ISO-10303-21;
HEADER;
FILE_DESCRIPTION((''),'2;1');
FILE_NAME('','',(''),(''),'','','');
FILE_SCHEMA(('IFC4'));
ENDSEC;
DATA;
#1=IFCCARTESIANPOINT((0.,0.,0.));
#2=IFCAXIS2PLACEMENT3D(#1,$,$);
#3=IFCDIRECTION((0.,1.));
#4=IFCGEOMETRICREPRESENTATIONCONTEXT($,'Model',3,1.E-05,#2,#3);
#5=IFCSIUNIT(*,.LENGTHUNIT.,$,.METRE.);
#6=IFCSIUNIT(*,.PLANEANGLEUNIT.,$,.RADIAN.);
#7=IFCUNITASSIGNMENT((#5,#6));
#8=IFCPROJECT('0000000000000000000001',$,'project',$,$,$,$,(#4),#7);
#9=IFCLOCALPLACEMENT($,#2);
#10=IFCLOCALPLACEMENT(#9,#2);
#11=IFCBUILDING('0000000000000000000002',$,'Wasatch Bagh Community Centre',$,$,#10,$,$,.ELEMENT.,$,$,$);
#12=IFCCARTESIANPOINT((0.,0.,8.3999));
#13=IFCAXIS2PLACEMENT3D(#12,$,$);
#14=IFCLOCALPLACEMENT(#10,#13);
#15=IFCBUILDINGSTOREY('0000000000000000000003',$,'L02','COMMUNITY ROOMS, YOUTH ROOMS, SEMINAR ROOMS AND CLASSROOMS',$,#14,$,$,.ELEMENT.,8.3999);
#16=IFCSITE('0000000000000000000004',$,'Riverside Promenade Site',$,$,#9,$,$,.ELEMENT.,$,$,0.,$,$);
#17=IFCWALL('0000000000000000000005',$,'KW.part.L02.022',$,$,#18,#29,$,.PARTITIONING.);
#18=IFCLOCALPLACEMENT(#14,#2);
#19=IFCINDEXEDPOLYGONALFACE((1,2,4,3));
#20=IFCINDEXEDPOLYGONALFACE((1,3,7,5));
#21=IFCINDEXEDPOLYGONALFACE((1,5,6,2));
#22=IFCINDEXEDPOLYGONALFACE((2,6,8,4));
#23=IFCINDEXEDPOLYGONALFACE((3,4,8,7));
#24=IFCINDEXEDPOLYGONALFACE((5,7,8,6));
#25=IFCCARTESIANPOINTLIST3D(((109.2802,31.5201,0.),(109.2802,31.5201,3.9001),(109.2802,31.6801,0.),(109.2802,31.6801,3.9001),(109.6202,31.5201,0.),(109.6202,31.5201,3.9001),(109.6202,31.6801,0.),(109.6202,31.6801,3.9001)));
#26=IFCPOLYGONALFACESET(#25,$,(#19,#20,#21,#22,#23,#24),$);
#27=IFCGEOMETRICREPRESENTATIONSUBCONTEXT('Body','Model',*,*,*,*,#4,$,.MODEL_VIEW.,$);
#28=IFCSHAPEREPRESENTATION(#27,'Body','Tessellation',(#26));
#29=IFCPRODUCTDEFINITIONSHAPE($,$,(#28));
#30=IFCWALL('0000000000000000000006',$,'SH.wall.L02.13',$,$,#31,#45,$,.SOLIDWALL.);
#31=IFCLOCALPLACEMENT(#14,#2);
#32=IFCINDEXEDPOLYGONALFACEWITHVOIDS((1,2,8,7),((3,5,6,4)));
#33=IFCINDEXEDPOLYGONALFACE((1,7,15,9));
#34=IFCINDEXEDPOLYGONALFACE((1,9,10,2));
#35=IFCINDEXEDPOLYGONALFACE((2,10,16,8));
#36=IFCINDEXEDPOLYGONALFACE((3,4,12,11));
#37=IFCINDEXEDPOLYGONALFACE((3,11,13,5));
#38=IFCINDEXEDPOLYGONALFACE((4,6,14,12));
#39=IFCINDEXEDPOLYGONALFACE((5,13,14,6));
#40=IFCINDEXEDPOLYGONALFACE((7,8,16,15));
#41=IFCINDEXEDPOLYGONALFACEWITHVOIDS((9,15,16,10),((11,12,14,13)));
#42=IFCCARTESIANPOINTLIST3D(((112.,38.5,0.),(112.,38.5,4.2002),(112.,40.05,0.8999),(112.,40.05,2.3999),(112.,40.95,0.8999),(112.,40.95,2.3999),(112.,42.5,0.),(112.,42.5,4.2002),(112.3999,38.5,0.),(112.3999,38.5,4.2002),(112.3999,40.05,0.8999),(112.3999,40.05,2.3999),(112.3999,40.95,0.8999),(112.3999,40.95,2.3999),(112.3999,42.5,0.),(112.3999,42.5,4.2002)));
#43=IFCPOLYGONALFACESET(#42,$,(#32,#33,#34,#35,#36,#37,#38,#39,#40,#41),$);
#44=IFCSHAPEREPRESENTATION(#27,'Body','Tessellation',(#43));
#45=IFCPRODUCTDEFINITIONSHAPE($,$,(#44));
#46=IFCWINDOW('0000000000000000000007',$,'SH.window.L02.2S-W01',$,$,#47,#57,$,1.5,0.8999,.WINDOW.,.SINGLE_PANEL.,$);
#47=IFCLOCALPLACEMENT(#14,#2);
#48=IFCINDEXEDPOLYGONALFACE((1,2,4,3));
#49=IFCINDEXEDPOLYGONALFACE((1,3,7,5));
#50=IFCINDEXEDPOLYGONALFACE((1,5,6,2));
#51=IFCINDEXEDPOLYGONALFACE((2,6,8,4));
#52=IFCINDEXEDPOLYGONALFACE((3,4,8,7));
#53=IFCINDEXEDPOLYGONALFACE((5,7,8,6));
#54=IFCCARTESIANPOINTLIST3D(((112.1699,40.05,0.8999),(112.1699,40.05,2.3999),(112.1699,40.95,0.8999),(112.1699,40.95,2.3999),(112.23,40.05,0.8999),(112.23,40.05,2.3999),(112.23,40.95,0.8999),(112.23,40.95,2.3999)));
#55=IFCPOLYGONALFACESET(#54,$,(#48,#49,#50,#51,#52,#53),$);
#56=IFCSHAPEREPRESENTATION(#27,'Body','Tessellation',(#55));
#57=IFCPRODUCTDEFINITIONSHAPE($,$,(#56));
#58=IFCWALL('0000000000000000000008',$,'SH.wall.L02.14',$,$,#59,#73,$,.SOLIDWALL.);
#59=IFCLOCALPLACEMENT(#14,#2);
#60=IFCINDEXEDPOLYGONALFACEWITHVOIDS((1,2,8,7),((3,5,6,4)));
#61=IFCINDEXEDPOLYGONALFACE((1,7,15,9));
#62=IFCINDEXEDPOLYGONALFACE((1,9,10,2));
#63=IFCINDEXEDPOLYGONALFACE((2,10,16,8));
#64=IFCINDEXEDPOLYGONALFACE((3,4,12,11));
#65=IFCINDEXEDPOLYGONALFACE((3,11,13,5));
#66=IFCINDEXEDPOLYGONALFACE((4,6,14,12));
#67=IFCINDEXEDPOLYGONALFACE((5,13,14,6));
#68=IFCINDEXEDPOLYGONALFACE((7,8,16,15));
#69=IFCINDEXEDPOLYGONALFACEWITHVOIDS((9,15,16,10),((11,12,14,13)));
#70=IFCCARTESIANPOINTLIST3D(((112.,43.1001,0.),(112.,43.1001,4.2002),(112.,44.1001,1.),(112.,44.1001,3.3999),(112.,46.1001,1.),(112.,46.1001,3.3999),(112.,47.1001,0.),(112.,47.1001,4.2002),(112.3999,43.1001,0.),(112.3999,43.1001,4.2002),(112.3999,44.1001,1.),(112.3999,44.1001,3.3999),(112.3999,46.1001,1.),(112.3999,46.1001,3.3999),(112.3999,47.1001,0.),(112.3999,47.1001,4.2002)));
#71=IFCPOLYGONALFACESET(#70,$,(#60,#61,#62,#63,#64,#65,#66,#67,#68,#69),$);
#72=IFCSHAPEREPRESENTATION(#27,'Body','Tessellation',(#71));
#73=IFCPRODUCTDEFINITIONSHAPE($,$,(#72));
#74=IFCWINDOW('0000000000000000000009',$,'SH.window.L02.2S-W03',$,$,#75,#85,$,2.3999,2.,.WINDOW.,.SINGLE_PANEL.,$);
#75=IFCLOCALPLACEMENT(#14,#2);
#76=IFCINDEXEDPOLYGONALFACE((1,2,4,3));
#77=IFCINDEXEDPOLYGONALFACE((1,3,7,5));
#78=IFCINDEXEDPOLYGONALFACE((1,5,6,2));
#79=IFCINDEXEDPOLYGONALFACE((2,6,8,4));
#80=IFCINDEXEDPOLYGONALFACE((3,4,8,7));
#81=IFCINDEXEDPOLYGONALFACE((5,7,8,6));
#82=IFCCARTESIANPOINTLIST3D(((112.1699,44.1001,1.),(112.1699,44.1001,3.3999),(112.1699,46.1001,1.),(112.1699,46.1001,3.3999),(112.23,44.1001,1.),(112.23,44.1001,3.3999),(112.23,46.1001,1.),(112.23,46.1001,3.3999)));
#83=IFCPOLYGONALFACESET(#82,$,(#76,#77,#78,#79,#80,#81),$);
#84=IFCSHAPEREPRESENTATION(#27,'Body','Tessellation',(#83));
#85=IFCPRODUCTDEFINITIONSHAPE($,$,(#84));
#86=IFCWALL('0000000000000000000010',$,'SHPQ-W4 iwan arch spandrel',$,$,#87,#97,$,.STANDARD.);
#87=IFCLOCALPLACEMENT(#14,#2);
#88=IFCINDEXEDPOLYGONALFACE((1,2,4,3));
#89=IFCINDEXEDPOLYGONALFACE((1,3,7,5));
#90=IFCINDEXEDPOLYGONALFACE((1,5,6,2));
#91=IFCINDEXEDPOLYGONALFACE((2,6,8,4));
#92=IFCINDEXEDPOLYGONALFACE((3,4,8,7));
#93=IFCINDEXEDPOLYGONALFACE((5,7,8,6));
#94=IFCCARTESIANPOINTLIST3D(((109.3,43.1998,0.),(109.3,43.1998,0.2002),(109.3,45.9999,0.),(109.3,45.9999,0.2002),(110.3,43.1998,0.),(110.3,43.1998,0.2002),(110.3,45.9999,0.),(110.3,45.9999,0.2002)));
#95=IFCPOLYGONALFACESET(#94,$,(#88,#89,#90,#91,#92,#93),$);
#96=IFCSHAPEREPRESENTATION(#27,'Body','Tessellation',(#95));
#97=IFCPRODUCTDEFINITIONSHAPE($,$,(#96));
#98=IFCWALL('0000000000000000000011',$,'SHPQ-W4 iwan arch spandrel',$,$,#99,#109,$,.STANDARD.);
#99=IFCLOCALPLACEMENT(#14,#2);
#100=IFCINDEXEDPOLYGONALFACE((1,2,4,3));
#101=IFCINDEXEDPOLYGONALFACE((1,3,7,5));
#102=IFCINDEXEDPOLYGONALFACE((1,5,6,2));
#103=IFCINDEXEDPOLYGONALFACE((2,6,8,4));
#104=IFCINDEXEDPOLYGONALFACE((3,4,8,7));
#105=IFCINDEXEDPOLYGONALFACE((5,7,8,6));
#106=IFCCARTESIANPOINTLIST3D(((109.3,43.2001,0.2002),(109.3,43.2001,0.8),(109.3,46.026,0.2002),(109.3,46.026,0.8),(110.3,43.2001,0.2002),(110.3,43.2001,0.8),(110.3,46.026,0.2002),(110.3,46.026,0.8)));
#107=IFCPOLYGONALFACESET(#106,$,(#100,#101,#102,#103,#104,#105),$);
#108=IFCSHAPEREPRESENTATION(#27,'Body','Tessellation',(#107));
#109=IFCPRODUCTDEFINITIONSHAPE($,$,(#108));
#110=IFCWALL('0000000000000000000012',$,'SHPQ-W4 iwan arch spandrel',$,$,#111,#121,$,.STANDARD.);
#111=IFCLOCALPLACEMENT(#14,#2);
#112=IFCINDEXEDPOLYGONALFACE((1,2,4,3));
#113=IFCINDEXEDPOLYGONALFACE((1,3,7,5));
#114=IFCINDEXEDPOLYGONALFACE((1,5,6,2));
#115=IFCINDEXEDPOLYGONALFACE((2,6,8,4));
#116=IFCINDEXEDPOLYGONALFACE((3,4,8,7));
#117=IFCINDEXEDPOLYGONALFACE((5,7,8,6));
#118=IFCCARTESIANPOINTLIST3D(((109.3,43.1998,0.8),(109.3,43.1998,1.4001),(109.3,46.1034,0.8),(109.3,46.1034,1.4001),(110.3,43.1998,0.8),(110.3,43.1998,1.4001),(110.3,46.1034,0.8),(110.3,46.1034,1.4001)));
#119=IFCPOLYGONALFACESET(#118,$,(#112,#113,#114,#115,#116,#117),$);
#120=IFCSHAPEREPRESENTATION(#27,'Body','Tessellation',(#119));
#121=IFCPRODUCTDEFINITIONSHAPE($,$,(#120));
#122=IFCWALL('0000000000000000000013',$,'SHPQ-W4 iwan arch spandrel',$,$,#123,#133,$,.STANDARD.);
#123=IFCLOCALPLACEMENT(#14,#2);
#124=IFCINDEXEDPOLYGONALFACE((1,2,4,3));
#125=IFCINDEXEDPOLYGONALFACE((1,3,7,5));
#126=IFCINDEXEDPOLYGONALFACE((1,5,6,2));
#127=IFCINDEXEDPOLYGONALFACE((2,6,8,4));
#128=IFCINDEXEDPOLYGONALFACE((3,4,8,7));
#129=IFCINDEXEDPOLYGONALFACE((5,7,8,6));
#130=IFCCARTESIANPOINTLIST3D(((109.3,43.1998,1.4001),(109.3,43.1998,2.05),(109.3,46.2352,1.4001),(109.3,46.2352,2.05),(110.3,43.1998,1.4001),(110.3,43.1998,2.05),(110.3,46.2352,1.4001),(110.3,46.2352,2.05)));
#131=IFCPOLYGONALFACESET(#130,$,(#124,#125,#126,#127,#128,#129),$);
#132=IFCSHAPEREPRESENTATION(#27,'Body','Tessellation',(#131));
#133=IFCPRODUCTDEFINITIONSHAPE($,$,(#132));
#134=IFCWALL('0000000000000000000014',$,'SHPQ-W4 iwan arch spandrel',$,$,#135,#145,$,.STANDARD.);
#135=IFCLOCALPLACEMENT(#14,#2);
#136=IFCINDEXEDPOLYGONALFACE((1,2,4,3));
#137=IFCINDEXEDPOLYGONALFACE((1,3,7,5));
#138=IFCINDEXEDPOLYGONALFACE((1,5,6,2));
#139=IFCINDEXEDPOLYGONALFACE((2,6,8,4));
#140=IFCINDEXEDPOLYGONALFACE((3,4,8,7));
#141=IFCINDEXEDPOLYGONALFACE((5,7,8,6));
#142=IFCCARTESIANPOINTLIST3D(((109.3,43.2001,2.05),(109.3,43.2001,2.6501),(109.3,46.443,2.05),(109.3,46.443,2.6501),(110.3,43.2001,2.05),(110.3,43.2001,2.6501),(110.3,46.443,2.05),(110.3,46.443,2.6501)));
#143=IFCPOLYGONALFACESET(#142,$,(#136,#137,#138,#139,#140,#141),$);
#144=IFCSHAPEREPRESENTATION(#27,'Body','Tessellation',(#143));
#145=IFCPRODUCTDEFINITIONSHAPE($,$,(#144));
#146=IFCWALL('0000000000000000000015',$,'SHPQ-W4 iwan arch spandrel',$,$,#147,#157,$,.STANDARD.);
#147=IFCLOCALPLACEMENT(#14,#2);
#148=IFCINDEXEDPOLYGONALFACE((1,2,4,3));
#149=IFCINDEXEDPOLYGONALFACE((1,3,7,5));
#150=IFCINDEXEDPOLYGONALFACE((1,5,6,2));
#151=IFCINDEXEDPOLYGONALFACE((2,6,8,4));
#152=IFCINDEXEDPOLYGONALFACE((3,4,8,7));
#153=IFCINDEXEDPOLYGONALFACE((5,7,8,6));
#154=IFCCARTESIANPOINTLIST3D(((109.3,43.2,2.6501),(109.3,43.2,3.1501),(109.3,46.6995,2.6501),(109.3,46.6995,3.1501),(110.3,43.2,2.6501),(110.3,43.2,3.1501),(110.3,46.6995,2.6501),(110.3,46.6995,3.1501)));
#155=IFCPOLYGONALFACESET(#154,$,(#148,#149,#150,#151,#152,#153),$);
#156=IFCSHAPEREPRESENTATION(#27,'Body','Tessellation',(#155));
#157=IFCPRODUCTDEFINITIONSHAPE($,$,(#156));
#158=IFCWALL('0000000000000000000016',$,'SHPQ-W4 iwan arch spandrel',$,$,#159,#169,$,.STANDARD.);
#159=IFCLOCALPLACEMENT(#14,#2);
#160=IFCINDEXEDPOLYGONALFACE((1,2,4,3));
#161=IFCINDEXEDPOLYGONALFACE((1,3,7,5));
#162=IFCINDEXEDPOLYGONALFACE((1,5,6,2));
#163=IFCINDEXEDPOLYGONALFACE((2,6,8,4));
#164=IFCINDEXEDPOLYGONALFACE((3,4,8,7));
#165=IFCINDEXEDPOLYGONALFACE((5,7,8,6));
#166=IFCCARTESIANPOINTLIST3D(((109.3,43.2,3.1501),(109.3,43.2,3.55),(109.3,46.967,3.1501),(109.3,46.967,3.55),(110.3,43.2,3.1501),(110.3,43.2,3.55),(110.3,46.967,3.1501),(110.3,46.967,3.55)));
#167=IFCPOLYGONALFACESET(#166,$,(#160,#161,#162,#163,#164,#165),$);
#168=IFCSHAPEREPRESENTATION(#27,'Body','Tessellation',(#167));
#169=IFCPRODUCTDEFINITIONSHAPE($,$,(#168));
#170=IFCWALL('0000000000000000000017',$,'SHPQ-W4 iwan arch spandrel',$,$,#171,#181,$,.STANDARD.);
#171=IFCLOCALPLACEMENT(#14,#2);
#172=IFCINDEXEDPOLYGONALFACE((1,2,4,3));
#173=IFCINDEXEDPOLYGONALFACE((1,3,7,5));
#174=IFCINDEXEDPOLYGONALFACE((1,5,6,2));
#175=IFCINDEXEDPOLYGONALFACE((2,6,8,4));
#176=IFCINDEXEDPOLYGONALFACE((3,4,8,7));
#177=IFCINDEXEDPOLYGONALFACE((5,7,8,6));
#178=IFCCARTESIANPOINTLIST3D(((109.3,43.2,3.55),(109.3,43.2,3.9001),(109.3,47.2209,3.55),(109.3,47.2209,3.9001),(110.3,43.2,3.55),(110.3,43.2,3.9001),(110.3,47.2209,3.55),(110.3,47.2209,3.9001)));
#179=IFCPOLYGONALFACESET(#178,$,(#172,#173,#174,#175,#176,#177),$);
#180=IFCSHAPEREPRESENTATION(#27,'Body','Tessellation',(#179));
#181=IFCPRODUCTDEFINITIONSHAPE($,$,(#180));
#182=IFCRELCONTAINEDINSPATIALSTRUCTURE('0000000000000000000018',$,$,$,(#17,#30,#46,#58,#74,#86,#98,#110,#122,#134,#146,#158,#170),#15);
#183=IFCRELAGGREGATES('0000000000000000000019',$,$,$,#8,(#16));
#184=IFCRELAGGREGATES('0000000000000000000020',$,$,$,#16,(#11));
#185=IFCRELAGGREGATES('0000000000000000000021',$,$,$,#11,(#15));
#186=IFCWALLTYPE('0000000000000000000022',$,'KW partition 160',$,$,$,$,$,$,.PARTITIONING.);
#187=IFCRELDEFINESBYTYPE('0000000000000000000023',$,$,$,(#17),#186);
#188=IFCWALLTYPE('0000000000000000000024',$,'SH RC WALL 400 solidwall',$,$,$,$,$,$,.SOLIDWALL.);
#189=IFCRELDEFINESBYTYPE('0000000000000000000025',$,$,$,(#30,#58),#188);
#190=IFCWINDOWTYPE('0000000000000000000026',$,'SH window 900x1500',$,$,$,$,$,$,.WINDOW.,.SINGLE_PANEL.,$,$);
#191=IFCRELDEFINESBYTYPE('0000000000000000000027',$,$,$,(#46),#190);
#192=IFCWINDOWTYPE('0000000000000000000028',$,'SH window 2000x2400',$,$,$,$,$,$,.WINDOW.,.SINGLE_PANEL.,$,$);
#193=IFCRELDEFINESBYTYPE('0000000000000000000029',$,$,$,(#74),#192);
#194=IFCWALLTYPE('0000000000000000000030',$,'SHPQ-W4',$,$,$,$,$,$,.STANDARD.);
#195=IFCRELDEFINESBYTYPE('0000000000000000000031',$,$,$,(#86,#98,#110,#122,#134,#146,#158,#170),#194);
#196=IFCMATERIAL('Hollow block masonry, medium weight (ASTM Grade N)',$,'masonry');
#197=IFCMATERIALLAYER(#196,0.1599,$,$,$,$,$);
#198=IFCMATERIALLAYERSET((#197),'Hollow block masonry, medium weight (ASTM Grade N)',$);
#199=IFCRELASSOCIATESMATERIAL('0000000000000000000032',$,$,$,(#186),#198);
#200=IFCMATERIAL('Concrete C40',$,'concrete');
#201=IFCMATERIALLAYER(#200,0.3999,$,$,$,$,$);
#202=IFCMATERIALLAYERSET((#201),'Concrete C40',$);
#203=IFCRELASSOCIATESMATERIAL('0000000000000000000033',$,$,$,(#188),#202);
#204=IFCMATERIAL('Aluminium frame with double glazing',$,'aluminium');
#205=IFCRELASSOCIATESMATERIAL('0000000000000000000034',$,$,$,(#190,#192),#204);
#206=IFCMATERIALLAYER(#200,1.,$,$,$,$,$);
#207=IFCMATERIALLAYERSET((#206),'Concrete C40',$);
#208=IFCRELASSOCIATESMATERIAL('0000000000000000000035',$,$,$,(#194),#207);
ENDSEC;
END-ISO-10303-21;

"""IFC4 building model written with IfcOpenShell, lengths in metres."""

from ifc_helpers import new_model, si_unit, direction, frame, frame_2d, origin, place, context, subcontext, project, spatial, rectangle, extrude, material, layer, layer_set, type_object, element, fill, save


model = new_model("IFC4")

# Units and contexts
model_context = context("Model", 3, precision=1e-05, world=origin(), true_north=direction((0.0, 1.0)))
body_context = subcontext(model_context, "Body", "Model", "MODEL_VIEW")
ifc_project = project(units=[si_unit("LENGTHUNIT", "METRE"), si_unit("PLANEANGLEUNIT", "RADIAN")], contexts=[model_context])

# Site, building, storey
site_placement = place(None, origin())
site = spatial("IfcSite", under=ifc_project, at=site_placement, Name="Riverside Promenade Site", CompositionType="ELEMENT", RefElevation=0.0)
building_placement = place(site_placement, origin())
building = spatial("IfcBuilding", under=site, at=building_placement, Name="Wasatch Bagh Community Centre", CompositionType="ELEMENT")
storey_placement = place(building_placement, frame((0.0, 0.0, 8.3999)))
storey = spatial("IfcBuildingStorey", under=building, at=storey_placement, Name="L02", Description="COMMUNITY ROOMS, YOUTH ROOMS, SEMINAR ROOMS AND CLASSROOMS", CompositionType="ELEMENT", Elevation=8.3999)

# Shared definitions
ifc_material_1 = material(Name="Concrete C40", Category="concrete")

# Shared definitions
ifc_material_2 = material(Name="Aluminium frame with double glazing", Category="aluminium")

# Wall
ifc_material_3 = material(Name="Hollow block masonry, medium weight (ASTM Grade N)", Category="masonry")
ifc_layer_1 = layer(ifc_material_3, 0.1599)
ifc_layer_set_1 = layer_set([ifc_layer_1], Name="Hollow block masonry, medium weight (ASTM Grade N)")
wall_type_1 = type_object("IfcWallType", Name="KW partition 160", PredefinedType="PARTITIONING", material=ifc_layer_set_1)
wall_1_placement = place(storey_placement, frame((109.6201, 31.6001, 0.0), z_axis=(0.0, 0.0, 1.0), x_axis=(-1.0, 0.0, 0.0)))
element("IfcWall", 1, at=wall_1_placement, inside=storey, type_object=wall_type_1, Name="KW.part.L02.022", PredefinedType="PARTITIONING", context=body_context, shape_type="SweptSolid", body=[
    extrude(rectangle(XDim=0.3401, YDim=0.1599, at=frame_2d((0.1699, 0.0))), origin(), (0.0, 0.0, 1.0), 3.9001),
])

# Walls, openings, windows
ifc_layer_2 = layer(ifc_material_1, 0.3999)
ifc_layer_set_2 = layer_set([ifc_layer_2], Name="Concrete C40")
wall_type_2 = type_object("IfcWallType", Name="SH RC WALL 400 solidwall", PredefinedType="SOLIDWALL", material=ifc_layer_set_2)
wall_2_placement = place(storey_placement, frame((112.2, 38.5, 0.0), z_axis=(0.0, 0.0, 1.0), x_axis=(0.0, 1.0, 0.0)))
wall_2 = element("IfcWall", 2, at=wall_2_placement, inside=storey, type_object=wall_type_2, Name="SH.wall.L02.13", PredefinedType="SOLIDWALL", context=body_context, shape_type="SweptSolid", body=[
    extrude(rectangle(XDim=4.0, YDim=0.3999, at=frame_2d((2.0, 0.0))), origin(), (0.0, 0.0, 1.0), 4.2002),
])
opening_1_placement = place(wall_2_placement, frame((1.55, 0.0, 0.8999)))
opening_1 = element("IfcOpeningElement", 3, at=opening_1_placement, cuts=wall_2, PredefinedType="OPENING", context=body_context, shape_type="SweptSolid", body=[
    extrude(rectangle(XDim=0.8999, YDim=1.5, at=frame_2d((0.45, 0.75))), frame((0.0, 0.21, 0.0), z_axis=(0.0, -1.0, 0.0), x_axis=(1.0, 0.0, 0.0)), (0.0, 0.0, 1.0), 0.4199),
])
window_type_1 = type_object("IfcWindowType", Name="SH window 900x1500", PartitioningType="SINGLE_PANEL", PredefinedType="WINDOW", material=ifc_material_2)
window_1_placement = place(opening_1_placement, origin())
window_1 = element("IfcWindow", 4, at=window_1_placement, inside=storey, type_object=window_type_1, Name="SH.window.L02.2S-W01", OverallHeight=1.5, OverallWidth=0.8999, PartitioningType="SINGLE_PANEL", PredefinedType="WINDOW", context=body_context, shape_type="SweptSolid", body=[
    extrude(rectangle(XDim=0.8999, YDim=1.5, at=frame_2d((0.45, 0.75))), frame((0.0, 0.03, 0.0), z_axis=(0.0, -1.0, 0.0), x_axis=(1.0, 0.0, 0.0)), (0.0, 0.0, 1.0), 0.0601),
])
fill(opening_1, window_1)
wall_3_placement = place(storey_placement, frame((112.2, 43.1001, 0.0), z_axis=(0.0, 0.0, 1.0), x_axis=(0.0, 1.0, 0.0)))
wall_3 = element("IfcWall", 5, at=wall_3_placement, inside=storey, type_object=wall_type_2, Name="SH.wall.L02.14", PredefinedType="SOLIDWALL", context=body_context, shape_type="SweptSolid", body=[
    extrude(rectangle(XDim=4.0, YDim=0.3999, at=frame_2d((2.0, 0.0))), origin(), (0.0, 0.0, 1.0), 4.2002),
])
opening_2_placement = place(wall_3_placement, frame((1.0, 0.0, 1.0)))
opening_2 = element("IfcOpeningElement", 6, at=opening_2_placement, cuts=wall_3, PredefinedType="OPENING", context=body_context, shape_type="SweptSolid", body=[
    extrude(rectangle(XDim=2.0, YDim=2.3999, at=frame_2d((1.0, 1.2))), frame((0.0, 0.21, 0.0), z_axis=(0.0, -1.0, 0.0), x_axis=(1.0, 0.0, 0.0)), (0.0, 0.0, 1.0), 0.4199),
])
window_type_2 = type_object("IfcWindowType", Name="SH window 2000x2400", PartitioningType="SINGLE_PANEL", PredefinedType="WINDOW", material=ifc_material_2)
window_2_placement = place(opening_2_placement, origin())
window_2 = element("IfcWindow", 7, at=window_2_placement, inside=storey, type_object=window_type_2, Name="SH.window.L02.2S-W03", OverallHeight=2.3999, OverallWidth=2.0, PartitioningType="SINGLE_PANEL", PredefinedType="WINDOW", context=body_context, shape_type="SweptSolid", body=[
    extrude(rectangle(XDim=2.0, YDim=2.3999, at=frame_2d((1.0, 1.2))), frame((0.0, 0.03, 0.0), z_axis=(0.0, -1.0, 0.0), x_axis=(1.0, 0.0, 0.0)), (0.0, 0.0, 1.0), 0.0601),
])
fill(opening_2, window_2)

# Walls
ifc_layer_3 = layer(ifc_material_1, 1.0)
ifc_layer_set_3 = layer_set([ifc_layer_3], Name="Concrete C40")
wall_type_3 = type_object("IfcWallType", Name="SHPQ-W4", PredefinedType="STANDARD", material=ifc_layer_set_3)
wall_4_placement = place(storey_placement, frame((109.8, 43.2, 0.0), z_axis=(0.0, 0.0, 1.0), x_axis=(0.0, 1.0, 0.0)))
element("IfcWall", 8, at=wall_4_placement, inside=storey, type_object=wall_type_3, Name="SHPQ-W4 iwan arch spandrel", PredefinedType="STANDARD", context=body_context, shape_type="SweptSolid", body=[
    extrude(rectangle(XDim=2.8, YDim=1.0, at=frame_2d((1.3999, 0.0))), origin(), (0.0, 0.0, 1.0), 0.2002),
])
wall_5_placement = place(storey_placement, frame((109.8, 43.2, 0.2002), z_axis=(0.0, 0.0, 1.0), x_axis=(0.0, 1.0, 0.0)))
element("IfcWall", 9, at=wall_5_placement, inside=storey, type_object=wall_type_3, Name="SHPQ-W4 iwan arch spandrel", PredefinedType="STANDARD", context=body_context, shape_type="SweptSolid", body=[
    extrude(rectangle(XDim=2.8259, YDim=1.0, at=frame_2d((1.4131, 0.0))), origin(), (0.0, 0.0, 1.0), 0.5999),
])
wall_6_placement = place(storey_placement, frame((109.8, 43.2, 0.8), z_axis=(0.0, 0.0, 1.0), x_axis=(0.0, 1.0, 0.0)))
element("IfcWall", 10, at=wall_6_placement, inside=storey, type_object=wall_type_3, Name="SHPQ-W4 iwan arch spandrel", PredefinedType="STANDARD", context=body_context, shape_type="SweptSolid", body=[
    extrude(rectangle(XDim=2.9036, YDim=1.0, at=frame_2d((1.4517, 0.0))), origin(), (0.0, 0.0, 1.0), 0.6001),
])
wall_7_placement = place(storey_placement, frame((109.8, 43.2, 1.4001), z_axis=(0.0, 0.0, 1.0), x_axis=(0.0, 1.0, 0.0)))
element("IfcWall", 11, at=wall_7_placement, inside=storey, type_object=wall_type_3, Name="SHPQ-W4 iwan arch spandrel", PredefinedType="STANDARD", context=body_context, shape_type="SweptSolid", body=[
    extrude(rectangle(XDim=3.0354, YDim=1.0, at=frame_2d((1.5176, 0.0))), origin(), (0.0, 0.0, 1.0), 0.6499),
])
wall_8_placement = place(storey_placement, frame((109.8, 43.2, 2.05), z_axis=(0.0, 0.0, 1.0), x_axis=(0.0, 1.0, 0.0)))
element("IfcWall", 12, at=wall_8_placement, inside=storey, type_object=wall_type_3, Name="SHPQ-W4 iwan arch spandrel", PredefinedType="STANDARD", context=body_context, shape_type="SweptSolid", body=[
    extrude(rectangle(XDim=3.2429, YDim=1.0, at=frame_2d((1.6216, 0.0))), origin(), (0.0, 0.0, 1.0), 0.6001),
])
wall_9_placement = place(storey_placement, frame((109.8, 43.2, 2.6501), z_axis=(0.0, 0.0, 1.0), x_axis=(0.0, 1.0, 0.0)))
element("IfcWall", 13, at=wall_9_placement, inside=storey, type_object=wall_type_3, Name="SHPQ-W4 iwan arch spandrel", PredefinedType="STANDARD", context=body_context, shape_type="SweptSolid", body=[
    extrude(rectangle(XDim=3.4995, YDim=1.0, at=frame_2d((1.7498, 0.0))), origin(), (0.0, 0.0, 1.0), 0.5),
])
wall_10_placement = place(storey_placement, frame((109.8, 43.2, 3.1501), z_axis=(0.0, 0.0, 1.0), x_axis=(0.0, 1.0, 0.0)))
element("IfcWall", 14, at=wall_10_placement, inside=storey, type_object=wall_type_3, Name="SHPQ-W4 iwan arch spandrel", PredefinedType="STANDARD", context=body_context, shape_type="SweptSolid", body=[
    extrude(rectangle(XDim=3.7671, YDim=1.0, at=frame_2d((1.8835, 0.0))), origin(), (0.0, 0.0, 1.0), 0.3999),
])
wall_11_placement = place(storey_placement, frame((109.8, 43.2, 3.55), z_axis=(0.0, 0.0, 1.0), x_axis=(0.0, 1.0, 0.0)))
element("IfcWall", 15, at=wall_11_placement, inside=storey, type_object=wall_type_3, Name="SHPQ-W4 iwan arch spandrel", PredefinedType="STANDARD", context=body_context, shape_type="SweptSolid", body=[
    extrude(rectangle(XDim=4.021, YDim=1.0, at=frame_2d((2.0105, 0.0))), origin(), (0.0, 0.0, 1.0), 0.3501),
])

save(model, "model.ifc")
